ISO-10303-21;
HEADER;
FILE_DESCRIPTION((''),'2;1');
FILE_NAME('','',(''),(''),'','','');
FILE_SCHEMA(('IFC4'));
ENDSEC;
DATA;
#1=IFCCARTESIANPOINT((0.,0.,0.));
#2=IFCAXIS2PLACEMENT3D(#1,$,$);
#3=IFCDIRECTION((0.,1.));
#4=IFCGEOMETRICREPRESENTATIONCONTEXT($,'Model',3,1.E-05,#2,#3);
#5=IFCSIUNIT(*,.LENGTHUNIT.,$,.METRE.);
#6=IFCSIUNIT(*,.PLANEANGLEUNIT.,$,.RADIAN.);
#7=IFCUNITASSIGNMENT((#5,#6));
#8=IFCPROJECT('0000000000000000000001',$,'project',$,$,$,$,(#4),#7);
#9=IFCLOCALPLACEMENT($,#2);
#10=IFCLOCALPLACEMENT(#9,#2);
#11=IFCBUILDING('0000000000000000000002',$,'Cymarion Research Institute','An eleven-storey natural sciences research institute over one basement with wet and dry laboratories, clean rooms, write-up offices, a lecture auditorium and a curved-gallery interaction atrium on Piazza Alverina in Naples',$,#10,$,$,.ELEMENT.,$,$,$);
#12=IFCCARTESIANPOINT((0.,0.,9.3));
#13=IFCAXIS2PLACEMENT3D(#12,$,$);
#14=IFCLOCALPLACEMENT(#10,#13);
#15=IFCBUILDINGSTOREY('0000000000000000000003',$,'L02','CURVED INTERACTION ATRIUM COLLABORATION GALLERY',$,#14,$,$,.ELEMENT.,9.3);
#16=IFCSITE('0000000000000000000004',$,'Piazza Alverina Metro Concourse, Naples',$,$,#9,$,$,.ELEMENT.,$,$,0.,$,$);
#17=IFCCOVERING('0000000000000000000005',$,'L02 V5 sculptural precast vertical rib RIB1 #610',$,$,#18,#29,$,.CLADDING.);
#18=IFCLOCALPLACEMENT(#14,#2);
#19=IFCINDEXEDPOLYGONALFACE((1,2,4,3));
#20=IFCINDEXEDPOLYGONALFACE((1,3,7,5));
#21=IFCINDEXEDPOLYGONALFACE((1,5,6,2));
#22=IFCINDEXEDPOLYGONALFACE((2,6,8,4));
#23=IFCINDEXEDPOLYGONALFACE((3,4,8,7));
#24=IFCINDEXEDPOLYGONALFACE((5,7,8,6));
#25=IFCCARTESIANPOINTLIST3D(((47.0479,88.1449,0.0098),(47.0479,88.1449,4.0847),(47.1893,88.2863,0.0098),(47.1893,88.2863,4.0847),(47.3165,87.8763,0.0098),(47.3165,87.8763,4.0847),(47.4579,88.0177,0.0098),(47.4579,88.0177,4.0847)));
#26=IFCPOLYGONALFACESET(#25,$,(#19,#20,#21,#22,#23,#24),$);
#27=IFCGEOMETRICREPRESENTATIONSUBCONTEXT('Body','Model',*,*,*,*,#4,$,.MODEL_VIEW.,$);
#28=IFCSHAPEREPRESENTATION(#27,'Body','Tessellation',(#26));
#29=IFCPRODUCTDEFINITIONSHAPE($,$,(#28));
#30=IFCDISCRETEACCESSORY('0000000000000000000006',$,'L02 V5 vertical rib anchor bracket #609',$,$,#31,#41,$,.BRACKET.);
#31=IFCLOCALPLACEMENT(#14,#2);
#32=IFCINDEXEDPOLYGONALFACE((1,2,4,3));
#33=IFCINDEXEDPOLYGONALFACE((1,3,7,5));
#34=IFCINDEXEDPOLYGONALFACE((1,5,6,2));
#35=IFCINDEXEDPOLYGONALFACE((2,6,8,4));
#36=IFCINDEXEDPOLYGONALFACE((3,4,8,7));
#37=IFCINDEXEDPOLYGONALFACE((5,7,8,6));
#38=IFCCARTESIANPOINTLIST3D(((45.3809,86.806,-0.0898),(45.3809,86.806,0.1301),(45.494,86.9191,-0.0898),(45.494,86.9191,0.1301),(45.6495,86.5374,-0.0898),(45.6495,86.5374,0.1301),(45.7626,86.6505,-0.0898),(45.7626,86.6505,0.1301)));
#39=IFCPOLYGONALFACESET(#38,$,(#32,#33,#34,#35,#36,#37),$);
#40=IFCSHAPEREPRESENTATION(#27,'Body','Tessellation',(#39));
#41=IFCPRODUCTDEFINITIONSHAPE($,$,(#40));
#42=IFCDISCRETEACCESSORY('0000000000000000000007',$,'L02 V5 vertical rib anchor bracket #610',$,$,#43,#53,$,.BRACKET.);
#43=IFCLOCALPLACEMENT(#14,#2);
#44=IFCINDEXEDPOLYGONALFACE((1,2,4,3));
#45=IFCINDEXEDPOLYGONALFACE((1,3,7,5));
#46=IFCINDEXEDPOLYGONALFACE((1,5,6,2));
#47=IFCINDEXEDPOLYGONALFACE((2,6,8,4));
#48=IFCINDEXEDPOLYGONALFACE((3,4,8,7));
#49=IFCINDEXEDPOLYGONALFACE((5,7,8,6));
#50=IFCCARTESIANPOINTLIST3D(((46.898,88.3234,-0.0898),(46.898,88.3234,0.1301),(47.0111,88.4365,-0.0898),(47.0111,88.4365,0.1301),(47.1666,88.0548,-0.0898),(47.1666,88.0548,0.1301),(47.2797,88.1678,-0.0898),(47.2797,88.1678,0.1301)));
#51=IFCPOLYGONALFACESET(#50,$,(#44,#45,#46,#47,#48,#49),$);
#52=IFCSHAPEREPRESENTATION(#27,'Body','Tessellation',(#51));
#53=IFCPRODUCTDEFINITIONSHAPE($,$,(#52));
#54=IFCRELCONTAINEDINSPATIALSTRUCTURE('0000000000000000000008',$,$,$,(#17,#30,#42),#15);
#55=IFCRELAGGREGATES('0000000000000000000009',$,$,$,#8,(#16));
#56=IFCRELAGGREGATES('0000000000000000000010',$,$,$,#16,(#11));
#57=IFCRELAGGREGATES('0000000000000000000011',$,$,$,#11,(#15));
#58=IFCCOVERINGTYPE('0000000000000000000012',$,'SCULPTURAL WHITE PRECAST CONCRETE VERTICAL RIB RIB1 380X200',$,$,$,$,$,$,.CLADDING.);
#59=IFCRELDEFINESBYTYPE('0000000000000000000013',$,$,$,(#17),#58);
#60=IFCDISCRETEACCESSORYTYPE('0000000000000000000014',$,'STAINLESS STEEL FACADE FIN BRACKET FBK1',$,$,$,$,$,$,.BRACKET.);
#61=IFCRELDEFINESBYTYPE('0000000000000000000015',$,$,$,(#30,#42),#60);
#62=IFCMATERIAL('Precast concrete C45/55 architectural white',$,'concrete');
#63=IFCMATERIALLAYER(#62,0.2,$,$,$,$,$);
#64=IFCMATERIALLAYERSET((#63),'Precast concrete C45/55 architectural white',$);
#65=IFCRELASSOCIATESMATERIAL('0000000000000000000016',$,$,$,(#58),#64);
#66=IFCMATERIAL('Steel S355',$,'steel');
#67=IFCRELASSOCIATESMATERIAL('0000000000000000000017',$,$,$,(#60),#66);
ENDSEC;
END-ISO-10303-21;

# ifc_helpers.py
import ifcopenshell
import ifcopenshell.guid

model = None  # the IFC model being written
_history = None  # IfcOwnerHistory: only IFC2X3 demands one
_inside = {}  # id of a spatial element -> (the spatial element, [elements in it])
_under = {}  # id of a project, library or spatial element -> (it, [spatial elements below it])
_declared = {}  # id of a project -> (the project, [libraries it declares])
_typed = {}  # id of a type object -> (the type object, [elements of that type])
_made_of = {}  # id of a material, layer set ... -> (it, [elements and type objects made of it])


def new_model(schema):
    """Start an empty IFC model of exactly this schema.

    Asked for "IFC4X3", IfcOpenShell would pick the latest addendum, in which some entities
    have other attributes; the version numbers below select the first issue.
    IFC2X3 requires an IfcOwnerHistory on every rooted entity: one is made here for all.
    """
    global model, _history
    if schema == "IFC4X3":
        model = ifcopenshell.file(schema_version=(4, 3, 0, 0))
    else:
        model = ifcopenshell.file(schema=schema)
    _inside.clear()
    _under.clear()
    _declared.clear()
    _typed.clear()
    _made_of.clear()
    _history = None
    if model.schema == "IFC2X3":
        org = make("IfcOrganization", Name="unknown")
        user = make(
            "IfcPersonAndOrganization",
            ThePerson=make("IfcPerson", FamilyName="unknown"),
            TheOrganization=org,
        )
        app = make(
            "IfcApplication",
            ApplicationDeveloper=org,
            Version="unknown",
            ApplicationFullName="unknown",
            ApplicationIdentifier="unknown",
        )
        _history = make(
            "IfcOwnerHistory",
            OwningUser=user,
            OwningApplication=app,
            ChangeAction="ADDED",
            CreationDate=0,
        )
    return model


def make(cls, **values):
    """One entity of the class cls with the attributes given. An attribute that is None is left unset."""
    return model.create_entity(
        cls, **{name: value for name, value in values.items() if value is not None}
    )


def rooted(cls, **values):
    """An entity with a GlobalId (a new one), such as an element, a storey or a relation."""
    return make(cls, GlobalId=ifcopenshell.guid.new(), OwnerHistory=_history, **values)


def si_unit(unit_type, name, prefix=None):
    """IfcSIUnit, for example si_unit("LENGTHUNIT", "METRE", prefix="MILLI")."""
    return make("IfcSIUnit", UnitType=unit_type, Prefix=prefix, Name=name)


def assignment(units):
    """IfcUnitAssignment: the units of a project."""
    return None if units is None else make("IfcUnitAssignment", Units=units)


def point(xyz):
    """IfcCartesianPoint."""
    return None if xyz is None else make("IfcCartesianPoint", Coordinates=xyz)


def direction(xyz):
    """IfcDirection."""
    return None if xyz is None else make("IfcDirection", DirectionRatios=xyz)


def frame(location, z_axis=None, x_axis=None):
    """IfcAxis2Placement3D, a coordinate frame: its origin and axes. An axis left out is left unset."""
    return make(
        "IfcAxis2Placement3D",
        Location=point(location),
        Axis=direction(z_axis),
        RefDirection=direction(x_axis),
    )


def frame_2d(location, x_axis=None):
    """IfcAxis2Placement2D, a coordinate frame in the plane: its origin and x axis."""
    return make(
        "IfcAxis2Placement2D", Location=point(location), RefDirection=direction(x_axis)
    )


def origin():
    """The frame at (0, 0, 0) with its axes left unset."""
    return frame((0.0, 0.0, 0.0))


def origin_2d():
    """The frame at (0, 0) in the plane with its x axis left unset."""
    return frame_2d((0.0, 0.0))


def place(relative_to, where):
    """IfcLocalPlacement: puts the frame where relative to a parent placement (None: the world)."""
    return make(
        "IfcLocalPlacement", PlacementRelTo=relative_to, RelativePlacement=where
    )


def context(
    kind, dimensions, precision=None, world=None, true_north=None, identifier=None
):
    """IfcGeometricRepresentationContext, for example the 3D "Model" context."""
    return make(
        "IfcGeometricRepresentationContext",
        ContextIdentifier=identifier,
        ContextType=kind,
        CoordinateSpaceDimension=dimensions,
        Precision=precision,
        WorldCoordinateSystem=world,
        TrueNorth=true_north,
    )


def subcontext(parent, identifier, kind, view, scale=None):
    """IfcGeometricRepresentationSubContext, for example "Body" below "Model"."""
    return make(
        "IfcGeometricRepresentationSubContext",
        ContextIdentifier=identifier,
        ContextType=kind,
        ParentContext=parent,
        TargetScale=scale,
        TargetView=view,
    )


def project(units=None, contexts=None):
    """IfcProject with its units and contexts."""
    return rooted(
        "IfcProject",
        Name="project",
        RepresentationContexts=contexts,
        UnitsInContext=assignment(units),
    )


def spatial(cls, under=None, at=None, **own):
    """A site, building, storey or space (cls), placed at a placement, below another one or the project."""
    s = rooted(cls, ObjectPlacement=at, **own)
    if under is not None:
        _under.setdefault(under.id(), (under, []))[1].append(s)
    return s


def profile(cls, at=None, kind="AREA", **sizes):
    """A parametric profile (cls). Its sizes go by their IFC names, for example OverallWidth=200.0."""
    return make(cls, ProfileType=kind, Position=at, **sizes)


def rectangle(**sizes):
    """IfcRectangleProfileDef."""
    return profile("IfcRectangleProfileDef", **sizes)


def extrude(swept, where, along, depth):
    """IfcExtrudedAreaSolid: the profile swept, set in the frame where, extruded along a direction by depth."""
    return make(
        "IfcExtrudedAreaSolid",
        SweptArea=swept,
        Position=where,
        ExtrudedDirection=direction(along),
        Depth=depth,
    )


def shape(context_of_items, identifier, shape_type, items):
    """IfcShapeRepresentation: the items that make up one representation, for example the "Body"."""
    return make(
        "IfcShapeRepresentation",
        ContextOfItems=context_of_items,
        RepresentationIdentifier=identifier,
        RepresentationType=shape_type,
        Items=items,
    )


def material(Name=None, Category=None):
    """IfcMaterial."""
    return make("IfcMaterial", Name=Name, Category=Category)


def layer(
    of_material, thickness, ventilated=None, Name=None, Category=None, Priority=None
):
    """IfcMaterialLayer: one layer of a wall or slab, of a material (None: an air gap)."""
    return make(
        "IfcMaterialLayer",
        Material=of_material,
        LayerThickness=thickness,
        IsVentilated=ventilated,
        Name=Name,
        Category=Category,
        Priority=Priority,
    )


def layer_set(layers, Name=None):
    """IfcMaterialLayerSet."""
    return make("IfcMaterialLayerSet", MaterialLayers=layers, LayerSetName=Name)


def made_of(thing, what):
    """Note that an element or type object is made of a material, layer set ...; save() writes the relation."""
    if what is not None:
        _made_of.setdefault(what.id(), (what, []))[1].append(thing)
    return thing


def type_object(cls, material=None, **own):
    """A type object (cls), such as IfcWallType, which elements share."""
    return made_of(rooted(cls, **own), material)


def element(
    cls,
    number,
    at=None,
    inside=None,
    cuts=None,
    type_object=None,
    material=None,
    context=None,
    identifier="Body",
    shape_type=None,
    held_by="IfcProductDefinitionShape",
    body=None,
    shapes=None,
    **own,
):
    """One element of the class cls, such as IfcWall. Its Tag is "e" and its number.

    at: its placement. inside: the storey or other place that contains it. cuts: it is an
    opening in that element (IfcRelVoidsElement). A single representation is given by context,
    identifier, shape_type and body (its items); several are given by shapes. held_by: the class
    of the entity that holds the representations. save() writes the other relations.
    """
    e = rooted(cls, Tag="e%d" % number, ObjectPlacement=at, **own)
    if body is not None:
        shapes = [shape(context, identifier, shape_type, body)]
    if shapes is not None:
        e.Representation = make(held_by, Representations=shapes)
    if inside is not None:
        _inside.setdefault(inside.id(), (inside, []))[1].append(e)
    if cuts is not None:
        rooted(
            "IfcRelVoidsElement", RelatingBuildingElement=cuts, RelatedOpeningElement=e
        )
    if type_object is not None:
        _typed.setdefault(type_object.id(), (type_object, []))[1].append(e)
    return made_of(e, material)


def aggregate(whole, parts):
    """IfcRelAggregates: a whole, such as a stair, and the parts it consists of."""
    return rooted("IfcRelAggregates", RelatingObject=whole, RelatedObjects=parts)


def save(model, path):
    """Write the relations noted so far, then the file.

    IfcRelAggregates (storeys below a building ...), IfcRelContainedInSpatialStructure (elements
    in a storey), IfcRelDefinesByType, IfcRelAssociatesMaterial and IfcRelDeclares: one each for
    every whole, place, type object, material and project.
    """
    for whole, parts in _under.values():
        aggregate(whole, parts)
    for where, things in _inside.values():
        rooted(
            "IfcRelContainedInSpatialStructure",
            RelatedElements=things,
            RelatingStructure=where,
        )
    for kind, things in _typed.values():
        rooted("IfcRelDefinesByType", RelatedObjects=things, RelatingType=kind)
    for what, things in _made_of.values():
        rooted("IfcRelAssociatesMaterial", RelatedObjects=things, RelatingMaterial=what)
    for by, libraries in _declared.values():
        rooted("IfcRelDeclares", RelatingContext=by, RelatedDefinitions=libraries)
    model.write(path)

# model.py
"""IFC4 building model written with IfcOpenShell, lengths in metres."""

from ifc_helpers import new_model, si_unit, direction, frame, origin, origin_2d, place, context, subcontext, project, spatial, rectangle, extrude, material, layer, layer_set, type_object, element, save


model = new_model("IFC4")

# Units and contexts
model_context = context("Model", 3, precision=1e-05, world=origin(), true_north=direction((0.0, 1.0)))
body_context = subcontext(model_context, "Body", "Model", "MODEL_VIEW")
ifc_project = project(units=[si_unit("LENGTHUNIT", "METRE"), si_unit("PLANEANGLEUNIT", "RADIAN")], contexts=[model_context])

# Site, building, storey
site_placement = place(None, origin())
site = spatial("IfcSite", under=ifc_project, at=site_placement, Name="Piazza Alverina Metro Concourse, Naples", CompositionType="ELEMENT", RefElevation=0.0)
building_placement = place(site_placement, origin())
building = spatial("IfcBuilding", under=site, at=building_placement, Name="Cymarion Research Institute", Description="An eleven-storey natural sciences research institute over one basement with wet and dry laboratories, clean rooms, write-up offices, a lecture auditorium and a curved-gallery interaction atrium on Piazza Alverina in Naples", CompositionType="ELEMENT")
storey_placement = place(building_placement, frame((0.0, 0.0, 9.3)))
storey = spatial("IfcBuildingStorey", under=building, at=storey_placement, Name="L02", Description="CURVED INTERACTION ATRIUM COLLABORATION GALLERY", CompositionType="ELEMENT", Elevation=9.3)

# Shared definitions
ifc_material_1 = material(Name="Steel S355", Category="steel")

# Covering
ifc_material_2 = material(Name="Precast concrete C45/55 architectural white", Category="concrete")
ifc_layer_1 = layer(ifc_material_2, 0.2)
ifc_layer_set_1 = layer_set([ifc_layer_1], Name="Precast concrete C45/55 architectural white")
covering_type = type_object("IfcCoveringType", Name="SCULPTURAL WHITE PRECAST CONCRETE VERTICAL RIB RIB1 380X200", PredefinedType="CLADDING", material=ifc_layer_set_1)
covering_placement = place(storey_placement, frame((47.2529, 88.0813, 0.0098), z_axis=(0.0, 0.0, 1.0), x_axis=(0.707107, -0.707107, 0.0)))
element("IfcCovering", 1, at=covering_placement, inside=storey, type_object=covering_type, Name="L02 V5 sculptural precast vertical rib RIB1 #610", PredefinedType="CLADDING", context=body_context, shape_type="SweptSolid", body=[
    extrude(rectangle(XDim=0.3799, YDim=0.2, at=origin_2d()), origin(), (0.0, 0.0, 1.0), 4.075),
])

# Discrete accessories
discrete_accessory_type = type_object("IfcDiscreteAccessoryType", Name="STAINLESS STEEL FACADE FIN BRACKET FBK1", PredefinedType="BRACKET", material=ifc_material_1)
for number, where, z_axis, x_axis, name in (
    (2, (45.5718, 86.7283, -0.0898), (0.0, 0.0, 1.0), (0.707107, -0.707107, 0.0), "L02 V5 vertical rib anchor bracket #609"),
    (3, (47.0889, 88.2456, -0.0898), (0.0, 0.0, 1.0), (0.707107, -0.707107, 0.0), "L02 V5 vertical rib anchor bracket #610"),
):
    element("IfcDiscreteAccessory", number, at=place(storey_placement, frame(where, z_axis=z_axis, x_axis=x_axis)), inside=storey, type_object=discrete_accessory_type, Name=name, PredefinedType="BRACKET", context=body_context, shape_type="SweptSolid", body=[
        extrude(rectangle(XDim=0.3799, YDim=0.1599, at=origin_2d()), origin(), (0.0, 0.0, 1.0), 0.22),
    ])

save(model, "model.ifc")
